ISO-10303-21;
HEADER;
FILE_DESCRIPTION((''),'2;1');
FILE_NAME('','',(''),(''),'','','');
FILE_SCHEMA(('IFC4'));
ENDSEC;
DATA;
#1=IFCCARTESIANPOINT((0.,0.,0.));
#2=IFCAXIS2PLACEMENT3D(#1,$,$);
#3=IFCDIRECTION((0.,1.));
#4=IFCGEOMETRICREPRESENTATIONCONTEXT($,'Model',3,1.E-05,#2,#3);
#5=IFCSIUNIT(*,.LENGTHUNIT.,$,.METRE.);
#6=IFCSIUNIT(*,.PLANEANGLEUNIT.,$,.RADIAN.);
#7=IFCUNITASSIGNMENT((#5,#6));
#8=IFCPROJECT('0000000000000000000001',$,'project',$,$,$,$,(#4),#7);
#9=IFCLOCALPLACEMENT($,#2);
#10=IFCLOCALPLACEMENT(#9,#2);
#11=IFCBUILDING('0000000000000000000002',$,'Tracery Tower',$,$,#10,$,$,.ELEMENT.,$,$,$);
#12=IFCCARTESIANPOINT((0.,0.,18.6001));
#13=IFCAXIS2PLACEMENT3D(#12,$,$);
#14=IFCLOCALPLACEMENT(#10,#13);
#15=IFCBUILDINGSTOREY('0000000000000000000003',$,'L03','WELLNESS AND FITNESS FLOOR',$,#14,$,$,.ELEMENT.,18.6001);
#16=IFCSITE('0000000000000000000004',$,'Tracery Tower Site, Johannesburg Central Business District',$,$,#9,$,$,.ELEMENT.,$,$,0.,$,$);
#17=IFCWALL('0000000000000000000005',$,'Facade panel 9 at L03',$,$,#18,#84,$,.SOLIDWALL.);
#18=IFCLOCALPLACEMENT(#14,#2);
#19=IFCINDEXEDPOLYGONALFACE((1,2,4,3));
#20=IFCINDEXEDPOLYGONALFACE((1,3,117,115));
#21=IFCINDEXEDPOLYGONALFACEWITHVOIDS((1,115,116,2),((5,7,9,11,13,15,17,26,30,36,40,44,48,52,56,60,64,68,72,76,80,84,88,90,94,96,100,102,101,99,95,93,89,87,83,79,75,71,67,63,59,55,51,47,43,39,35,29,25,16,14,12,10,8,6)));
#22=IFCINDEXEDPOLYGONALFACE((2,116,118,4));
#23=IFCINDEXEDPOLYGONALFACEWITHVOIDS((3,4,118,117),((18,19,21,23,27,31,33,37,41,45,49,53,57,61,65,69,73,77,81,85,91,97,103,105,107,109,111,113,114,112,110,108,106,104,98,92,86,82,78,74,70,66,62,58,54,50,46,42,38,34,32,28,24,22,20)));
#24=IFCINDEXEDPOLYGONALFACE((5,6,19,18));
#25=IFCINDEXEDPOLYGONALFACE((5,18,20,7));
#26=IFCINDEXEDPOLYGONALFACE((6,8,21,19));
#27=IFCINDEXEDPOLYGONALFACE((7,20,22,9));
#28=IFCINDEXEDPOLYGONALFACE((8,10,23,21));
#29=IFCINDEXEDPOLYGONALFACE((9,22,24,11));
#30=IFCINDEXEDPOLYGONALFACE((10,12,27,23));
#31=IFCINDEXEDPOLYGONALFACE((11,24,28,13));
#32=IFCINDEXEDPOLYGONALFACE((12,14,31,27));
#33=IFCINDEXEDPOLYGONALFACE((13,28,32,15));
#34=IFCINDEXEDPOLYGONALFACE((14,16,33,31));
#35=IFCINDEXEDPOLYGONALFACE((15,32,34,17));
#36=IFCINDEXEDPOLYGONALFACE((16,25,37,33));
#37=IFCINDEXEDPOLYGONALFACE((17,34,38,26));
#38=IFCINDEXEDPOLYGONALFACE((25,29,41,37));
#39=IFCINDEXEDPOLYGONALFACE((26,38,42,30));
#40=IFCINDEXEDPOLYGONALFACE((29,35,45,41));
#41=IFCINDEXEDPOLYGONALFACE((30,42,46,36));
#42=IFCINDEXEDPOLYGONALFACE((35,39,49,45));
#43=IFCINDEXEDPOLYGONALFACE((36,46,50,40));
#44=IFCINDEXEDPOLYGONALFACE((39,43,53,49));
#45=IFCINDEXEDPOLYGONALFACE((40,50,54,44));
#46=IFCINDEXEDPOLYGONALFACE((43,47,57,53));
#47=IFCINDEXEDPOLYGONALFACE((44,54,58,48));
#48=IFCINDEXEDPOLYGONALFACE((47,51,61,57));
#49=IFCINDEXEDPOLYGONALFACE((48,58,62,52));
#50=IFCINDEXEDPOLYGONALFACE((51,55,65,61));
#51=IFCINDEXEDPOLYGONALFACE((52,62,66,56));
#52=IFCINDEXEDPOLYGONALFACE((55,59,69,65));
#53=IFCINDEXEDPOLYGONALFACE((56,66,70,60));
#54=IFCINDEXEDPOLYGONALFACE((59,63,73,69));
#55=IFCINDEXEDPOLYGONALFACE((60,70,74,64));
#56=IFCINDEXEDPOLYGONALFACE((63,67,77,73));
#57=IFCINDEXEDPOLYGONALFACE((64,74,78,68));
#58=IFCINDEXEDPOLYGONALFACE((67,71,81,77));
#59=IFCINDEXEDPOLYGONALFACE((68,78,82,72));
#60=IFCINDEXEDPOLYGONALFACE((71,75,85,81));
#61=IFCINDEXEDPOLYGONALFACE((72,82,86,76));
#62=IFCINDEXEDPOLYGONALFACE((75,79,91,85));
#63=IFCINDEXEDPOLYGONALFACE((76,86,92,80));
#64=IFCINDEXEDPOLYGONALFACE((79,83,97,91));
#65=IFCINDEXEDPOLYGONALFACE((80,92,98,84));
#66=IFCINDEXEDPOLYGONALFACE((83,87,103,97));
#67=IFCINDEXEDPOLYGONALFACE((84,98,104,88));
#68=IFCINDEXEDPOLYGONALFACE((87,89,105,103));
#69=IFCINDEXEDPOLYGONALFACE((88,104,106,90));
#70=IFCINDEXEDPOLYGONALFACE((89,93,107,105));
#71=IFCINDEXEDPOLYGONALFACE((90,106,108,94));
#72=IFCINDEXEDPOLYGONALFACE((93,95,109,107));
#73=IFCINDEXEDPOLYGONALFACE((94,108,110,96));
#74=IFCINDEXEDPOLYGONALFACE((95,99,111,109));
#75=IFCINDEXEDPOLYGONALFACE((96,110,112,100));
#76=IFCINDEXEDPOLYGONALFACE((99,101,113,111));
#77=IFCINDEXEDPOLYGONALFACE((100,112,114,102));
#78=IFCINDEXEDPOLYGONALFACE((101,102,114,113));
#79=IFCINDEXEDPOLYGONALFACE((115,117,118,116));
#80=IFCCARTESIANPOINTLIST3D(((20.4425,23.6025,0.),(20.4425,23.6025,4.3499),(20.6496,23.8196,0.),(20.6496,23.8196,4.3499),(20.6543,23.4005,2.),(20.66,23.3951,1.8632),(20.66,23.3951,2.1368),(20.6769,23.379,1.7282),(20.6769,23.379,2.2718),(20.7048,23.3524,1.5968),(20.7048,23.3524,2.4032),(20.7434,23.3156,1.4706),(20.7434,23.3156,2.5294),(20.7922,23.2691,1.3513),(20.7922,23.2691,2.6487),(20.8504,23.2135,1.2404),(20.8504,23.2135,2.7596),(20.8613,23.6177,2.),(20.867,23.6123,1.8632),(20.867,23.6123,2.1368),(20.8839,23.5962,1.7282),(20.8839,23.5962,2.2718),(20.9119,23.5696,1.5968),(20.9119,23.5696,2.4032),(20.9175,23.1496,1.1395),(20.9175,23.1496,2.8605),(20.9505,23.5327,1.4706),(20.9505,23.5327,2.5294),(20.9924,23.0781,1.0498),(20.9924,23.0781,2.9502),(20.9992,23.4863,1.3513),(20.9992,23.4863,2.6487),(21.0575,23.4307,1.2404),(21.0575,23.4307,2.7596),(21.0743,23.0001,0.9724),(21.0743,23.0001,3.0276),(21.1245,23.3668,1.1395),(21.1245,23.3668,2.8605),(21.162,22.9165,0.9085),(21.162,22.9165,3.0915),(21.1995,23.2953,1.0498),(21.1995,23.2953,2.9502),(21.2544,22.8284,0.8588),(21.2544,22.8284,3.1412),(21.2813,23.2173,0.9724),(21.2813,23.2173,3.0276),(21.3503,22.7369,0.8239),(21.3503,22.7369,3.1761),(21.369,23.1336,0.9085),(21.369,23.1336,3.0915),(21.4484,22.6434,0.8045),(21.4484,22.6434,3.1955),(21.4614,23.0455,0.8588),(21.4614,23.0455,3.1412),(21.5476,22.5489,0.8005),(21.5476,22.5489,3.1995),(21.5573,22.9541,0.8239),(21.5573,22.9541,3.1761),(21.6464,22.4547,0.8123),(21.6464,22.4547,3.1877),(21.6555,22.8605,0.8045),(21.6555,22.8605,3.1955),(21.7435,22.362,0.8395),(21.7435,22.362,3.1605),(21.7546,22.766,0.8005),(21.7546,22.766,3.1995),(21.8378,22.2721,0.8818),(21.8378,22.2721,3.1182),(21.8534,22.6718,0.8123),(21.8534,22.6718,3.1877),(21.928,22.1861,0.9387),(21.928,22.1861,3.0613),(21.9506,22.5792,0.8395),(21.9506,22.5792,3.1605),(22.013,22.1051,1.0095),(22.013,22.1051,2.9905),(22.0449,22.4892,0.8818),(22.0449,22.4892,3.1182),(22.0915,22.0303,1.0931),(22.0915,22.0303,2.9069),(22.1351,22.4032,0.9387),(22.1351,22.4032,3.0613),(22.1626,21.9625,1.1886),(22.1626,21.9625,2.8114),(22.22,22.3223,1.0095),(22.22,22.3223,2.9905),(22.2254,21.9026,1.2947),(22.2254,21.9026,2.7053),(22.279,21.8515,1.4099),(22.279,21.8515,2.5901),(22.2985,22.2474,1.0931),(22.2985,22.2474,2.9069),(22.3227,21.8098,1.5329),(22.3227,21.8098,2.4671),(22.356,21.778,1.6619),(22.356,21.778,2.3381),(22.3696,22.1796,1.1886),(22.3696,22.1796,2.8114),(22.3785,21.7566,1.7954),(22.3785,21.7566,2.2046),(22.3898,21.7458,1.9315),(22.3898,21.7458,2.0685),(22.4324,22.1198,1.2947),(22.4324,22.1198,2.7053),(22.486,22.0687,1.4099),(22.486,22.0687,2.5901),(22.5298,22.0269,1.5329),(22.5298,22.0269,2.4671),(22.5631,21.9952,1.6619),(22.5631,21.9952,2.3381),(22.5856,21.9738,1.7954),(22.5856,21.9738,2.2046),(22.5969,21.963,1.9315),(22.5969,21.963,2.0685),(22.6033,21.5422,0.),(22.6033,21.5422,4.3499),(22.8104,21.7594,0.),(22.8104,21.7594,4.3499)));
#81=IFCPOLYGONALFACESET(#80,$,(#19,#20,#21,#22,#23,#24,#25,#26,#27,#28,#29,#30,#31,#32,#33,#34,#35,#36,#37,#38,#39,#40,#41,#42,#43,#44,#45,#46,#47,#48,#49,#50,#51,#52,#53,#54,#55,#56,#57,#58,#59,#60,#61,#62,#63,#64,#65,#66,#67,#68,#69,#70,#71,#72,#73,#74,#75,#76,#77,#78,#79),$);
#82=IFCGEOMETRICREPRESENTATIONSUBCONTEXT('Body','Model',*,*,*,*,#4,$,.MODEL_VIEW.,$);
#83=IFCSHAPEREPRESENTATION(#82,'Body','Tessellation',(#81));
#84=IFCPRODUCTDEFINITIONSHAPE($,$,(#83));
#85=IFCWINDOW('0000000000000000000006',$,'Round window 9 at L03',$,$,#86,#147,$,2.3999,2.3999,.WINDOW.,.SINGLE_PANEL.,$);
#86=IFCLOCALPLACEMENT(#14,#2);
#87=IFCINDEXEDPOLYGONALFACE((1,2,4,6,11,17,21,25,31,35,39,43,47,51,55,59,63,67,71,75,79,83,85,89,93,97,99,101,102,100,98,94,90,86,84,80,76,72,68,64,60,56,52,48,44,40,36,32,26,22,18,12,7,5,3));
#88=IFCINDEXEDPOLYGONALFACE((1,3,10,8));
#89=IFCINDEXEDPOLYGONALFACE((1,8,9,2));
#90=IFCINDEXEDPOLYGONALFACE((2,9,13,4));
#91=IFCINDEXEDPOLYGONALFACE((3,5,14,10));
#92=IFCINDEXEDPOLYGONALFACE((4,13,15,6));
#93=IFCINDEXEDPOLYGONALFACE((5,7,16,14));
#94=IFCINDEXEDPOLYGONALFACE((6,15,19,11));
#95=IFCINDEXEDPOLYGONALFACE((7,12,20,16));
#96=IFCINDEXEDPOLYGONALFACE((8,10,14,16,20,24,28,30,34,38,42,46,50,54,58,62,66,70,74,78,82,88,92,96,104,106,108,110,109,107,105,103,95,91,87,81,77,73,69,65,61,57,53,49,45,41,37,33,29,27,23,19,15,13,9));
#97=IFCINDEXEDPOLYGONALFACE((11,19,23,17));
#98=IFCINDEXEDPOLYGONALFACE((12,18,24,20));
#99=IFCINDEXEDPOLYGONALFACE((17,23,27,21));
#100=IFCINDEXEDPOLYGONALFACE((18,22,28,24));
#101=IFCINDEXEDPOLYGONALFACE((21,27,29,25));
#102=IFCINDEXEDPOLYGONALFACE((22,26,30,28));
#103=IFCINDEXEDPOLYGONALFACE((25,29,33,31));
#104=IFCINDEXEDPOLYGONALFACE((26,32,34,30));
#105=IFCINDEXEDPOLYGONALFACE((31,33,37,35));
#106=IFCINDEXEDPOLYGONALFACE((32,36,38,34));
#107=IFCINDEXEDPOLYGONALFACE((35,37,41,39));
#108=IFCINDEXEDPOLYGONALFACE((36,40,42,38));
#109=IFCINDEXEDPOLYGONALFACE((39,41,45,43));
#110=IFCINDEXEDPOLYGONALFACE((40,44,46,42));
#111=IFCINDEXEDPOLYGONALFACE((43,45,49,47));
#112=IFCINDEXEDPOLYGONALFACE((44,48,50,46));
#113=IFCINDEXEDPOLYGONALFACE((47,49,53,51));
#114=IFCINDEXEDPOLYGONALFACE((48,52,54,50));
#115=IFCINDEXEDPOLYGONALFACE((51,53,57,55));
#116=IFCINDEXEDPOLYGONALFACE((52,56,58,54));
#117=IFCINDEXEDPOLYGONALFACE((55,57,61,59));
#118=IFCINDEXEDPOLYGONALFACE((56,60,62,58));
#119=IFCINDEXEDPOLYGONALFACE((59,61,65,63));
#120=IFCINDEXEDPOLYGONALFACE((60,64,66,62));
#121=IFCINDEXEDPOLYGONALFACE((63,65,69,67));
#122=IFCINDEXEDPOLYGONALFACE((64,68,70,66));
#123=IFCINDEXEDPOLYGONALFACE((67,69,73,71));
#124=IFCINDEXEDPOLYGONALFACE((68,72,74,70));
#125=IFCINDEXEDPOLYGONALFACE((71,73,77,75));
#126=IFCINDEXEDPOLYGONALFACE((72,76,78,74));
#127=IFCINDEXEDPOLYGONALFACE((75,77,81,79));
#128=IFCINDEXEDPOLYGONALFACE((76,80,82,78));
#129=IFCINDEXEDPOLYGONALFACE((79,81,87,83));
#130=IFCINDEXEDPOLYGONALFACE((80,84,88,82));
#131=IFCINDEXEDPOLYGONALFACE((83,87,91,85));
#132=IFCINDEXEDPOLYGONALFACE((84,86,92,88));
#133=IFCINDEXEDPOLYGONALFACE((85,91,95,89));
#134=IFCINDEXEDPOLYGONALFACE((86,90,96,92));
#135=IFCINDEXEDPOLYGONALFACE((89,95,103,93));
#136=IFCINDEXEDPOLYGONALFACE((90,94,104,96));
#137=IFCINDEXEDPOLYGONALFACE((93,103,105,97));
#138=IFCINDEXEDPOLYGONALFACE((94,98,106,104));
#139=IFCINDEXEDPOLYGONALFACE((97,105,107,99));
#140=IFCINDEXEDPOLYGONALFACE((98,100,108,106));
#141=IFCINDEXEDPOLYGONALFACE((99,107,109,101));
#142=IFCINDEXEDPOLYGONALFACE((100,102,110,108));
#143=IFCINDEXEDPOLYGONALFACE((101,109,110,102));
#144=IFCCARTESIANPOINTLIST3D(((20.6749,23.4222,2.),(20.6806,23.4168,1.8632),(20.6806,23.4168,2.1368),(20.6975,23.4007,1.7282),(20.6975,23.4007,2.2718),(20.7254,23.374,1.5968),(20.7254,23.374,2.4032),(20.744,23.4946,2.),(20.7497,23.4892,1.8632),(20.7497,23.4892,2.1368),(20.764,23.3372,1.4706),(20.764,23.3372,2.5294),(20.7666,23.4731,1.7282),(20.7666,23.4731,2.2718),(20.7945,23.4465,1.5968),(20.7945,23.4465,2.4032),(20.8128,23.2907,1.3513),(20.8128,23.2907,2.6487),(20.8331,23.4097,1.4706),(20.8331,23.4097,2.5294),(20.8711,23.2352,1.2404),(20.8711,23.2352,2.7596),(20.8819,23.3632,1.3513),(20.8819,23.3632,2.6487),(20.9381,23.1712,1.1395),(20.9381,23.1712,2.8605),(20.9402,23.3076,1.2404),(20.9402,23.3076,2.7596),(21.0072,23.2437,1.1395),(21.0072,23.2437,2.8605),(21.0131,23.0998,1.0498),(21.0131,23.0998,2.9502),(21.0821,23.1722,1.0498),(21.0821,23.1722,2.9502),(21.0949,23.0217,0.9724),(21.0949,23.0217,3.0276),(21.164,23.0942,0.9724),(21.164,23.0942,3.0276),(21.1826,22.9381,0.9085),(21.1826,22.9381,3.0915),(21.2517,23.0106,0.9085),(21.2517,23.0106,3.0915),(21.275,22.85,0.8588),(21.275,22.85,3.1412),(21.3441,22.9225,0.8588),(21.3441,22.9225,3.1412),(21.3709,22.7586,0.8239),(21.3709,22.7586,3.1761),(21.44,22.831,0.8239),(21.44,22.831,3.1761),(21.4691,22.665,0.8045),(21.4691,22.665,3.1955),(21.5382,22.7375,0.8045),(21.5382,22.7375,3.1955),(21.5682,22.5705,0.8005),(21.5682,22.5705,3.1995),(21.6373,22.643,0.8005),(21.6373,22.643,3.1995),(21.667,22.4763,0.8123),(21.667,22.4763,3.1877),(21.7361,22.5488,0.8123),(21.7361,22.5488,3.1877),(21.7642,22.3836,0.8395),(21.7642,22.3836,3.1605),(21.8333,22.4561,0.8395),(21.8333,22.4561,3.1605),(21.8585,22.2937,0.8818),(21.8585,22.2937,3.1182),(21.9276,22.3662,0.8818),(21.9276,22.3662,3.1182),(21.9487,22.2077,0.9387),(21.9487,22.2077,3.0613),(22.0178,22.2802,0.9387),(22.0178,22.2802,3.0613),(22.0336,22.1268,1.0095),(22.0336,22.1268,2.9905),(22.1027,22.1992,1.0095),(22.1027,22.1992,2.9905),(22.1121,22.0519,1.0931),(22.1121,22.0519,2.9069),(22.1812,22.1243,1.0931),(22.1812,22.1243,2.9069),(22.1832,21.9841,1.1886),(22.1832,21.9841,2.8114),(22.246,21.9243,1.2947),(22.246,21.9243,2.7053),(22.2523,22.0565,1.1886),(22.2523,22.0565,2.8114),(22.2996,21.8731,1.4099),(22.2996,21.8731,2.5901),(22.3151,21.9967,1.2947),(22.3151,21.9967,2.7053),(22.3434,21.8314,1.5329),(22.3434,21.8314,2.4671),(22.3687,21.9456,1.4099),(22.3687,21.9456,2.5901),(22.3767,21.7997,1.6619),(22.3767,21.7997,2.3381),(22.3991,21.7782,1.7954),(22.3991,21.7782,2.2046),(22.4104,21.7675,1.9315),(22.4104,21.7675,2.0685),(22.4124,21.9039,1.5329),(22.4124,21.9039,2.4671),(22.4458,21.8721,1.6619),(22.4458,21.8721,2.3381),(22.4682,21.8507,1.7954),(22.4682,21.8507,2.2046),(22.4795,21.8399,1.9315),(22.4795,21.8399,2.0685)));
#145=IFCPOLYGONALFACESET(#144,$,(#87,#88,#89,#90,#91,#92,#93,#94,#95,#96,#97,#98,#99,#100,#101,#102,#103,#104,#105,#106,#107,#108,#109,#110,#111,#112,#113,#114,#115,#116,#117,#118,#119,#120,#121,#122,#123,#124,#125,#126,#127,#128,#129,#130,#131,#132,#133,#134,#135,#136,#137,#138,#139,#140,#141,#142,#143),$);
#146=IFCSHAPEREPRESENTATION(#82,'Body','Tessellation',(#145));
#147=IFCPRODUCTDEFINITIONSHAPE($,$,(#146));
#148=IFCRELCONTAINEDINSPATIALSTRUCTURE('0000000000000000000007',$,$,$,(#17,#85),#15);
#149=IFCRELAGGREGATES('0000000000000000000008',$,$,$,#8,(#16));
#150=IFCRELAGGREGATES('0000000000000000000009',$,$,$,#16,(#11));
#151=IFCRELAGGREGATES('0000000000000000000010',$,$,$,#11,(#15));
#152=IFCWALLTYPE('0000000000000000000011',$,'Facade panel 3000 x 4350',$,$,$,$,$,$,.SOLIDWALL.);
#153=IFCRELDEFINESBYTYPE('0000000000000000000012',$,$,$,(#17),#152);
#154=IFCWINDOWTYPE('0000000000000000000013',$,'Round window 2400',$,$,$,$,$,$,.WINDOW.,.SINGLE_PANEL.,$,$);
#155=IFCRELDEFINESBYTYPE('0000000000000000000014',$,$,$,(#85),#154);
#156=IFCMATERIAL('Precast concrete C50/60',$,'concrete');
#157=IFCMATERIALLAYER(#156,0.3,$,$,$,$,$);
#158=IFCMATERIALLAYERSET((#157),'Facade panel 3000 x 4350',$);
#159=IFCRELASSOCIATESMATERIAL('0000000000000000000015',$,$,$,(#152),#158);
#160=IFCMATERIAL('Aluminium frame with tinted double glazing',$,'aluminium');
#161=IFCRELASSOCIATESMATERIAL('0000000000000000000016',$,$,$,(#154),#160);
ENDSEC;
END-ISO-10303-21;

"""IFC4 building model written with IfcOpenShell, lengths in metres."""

from ifc_helpers import new_model, si_unit, direction, frame, frame_2d, origin, origin_2d, place, context, subcontext, project, spatial, rectangle, circle, extrude, material, layer, layer_set, type_object, element, fill, save


model = new_model("IFC4")

# Units and contexts
model_context = context("Model", 3, precision=1e-05, world=origin(), true_north=direction((0.0, 1.0)))
body_context = subcontext(model_context, "Body", "Model", "MODEL_VIEW")
ifc_project = project(units=[si_unit("LENGTHUNIT", "METRE"), si_unit("PLANEANGLEUNIT", "RADIAN")], contexts=[model_context])

# Site, building, storey
site_placement = place(None, origin())
site = spatial("IfcSite", under=ifc_project, at=site_placement, Name="Tracery Tower Site, Johannesburg Central Business District", CompositionType="ELEMENT", RefElevation=0.0)
building_placement = place(site_placement, origin())
building = spatial("IfcBuilding", under=site, at=building_placement, Name="Tracery Tower", CompositionType="ELEMENT")
storey_placement = place(building_placement, frame((0.0, 0.0, 18.6001)))
storey = spatial("IfcBuildingStorey", under=building, at=storey_placement, Name="L03", Description="WELLNESS AND FITNESS FLOOR", CompositionType="ELEMENT", Elevation=18.6001)

# Wall, opening, window
ifc_material_1 = material(Name="Precast concrete C50/60", Category="concrete")
ifc_layer_1 = layer(ifc_material_1, 0.3)
ifc_layer_set_1 = layer_set([ifc_layer_1], Name="Facade panel 3000 x 4350")
wall_type_1 = type_object("IfcWallType", Name="Facade panel 3000 x 4350", PredefinedType="SOLIDWALL", material=ifc_layer_set_1)
wall_1_placement = place(storey_placement, frame((22.7068, 21.6509, 0.0), z_axis=(0.0, 0.0, 1.0), x_axis=(-0.723751, 0.690061, 0.0)))
wall_1 = element("IfcWall", 1, at=wall_1_placement, inside=storey, type_object=wall_type_1, Name="Facade panel 9 at L03", PredefinedType="SOLIDWALL", context=body_context, shape_type="SweptSolid", body=[
    extrude(rectangle(XDim=2.9856, YDim=0.3, at=frame_2d((1.4927, 0.0))), origin(), (0.0, 0.0, 1.0), 4.3499),
])
opening_1_placement = place(wall_1_placement, frame((1.4929, 0.0, 2.0)))
opening_1 = element("IfcOpeningElement", 2, at=opening_1_placement, cuts=wall_1, PredefinedType="OPENING", context=body_context, shape_type="SweptSolid", body=[
    extrude(circle(Radius=1.2, at=origin_2d()), frame((0.0, 0.1599, 0.0), z_axis=(0.0, -1.0, 0.0), x_axis=(1.0, 0.0, 0.0)), (0.0, 0.0, 1.0), 0.3201),
])
ifc_material_2 = material(Name="Aluminium frame with tinted double glazing", Category="aluminium")
window_type = type_object("IfcWindowType", Name="Round window 2400", PartitioningType="SINGLE_PANEL", PredefinedType="WINDOW", material=ifc_material_2)
window_1_placement = place(opening_1_placement, origin())
window_1 = element("IfcWindow", 3, at=window_1_placement, inside=storey, type_object=window_type, Name="Round window 9 at L03", OverallHeight=2.3999, OverallWidth=2.3999, PartitioningType="SINGLE_PANEL", PredefinedType="WINDOW", context=body_context, shape_type="SweptSolid", body=[
    extrude(circle(Radius=1.2, at=origin_2d()), frame((0.0, 0.1201, 0.0), z_axis=(0.0, -1.0, 0.0), x_axis=(1.0, 0.0, 0.0)), (0.0, 0.0, 1.0), 0.1001),
])
fill(opening_1, window_1)

save(model, "model.ifc")
